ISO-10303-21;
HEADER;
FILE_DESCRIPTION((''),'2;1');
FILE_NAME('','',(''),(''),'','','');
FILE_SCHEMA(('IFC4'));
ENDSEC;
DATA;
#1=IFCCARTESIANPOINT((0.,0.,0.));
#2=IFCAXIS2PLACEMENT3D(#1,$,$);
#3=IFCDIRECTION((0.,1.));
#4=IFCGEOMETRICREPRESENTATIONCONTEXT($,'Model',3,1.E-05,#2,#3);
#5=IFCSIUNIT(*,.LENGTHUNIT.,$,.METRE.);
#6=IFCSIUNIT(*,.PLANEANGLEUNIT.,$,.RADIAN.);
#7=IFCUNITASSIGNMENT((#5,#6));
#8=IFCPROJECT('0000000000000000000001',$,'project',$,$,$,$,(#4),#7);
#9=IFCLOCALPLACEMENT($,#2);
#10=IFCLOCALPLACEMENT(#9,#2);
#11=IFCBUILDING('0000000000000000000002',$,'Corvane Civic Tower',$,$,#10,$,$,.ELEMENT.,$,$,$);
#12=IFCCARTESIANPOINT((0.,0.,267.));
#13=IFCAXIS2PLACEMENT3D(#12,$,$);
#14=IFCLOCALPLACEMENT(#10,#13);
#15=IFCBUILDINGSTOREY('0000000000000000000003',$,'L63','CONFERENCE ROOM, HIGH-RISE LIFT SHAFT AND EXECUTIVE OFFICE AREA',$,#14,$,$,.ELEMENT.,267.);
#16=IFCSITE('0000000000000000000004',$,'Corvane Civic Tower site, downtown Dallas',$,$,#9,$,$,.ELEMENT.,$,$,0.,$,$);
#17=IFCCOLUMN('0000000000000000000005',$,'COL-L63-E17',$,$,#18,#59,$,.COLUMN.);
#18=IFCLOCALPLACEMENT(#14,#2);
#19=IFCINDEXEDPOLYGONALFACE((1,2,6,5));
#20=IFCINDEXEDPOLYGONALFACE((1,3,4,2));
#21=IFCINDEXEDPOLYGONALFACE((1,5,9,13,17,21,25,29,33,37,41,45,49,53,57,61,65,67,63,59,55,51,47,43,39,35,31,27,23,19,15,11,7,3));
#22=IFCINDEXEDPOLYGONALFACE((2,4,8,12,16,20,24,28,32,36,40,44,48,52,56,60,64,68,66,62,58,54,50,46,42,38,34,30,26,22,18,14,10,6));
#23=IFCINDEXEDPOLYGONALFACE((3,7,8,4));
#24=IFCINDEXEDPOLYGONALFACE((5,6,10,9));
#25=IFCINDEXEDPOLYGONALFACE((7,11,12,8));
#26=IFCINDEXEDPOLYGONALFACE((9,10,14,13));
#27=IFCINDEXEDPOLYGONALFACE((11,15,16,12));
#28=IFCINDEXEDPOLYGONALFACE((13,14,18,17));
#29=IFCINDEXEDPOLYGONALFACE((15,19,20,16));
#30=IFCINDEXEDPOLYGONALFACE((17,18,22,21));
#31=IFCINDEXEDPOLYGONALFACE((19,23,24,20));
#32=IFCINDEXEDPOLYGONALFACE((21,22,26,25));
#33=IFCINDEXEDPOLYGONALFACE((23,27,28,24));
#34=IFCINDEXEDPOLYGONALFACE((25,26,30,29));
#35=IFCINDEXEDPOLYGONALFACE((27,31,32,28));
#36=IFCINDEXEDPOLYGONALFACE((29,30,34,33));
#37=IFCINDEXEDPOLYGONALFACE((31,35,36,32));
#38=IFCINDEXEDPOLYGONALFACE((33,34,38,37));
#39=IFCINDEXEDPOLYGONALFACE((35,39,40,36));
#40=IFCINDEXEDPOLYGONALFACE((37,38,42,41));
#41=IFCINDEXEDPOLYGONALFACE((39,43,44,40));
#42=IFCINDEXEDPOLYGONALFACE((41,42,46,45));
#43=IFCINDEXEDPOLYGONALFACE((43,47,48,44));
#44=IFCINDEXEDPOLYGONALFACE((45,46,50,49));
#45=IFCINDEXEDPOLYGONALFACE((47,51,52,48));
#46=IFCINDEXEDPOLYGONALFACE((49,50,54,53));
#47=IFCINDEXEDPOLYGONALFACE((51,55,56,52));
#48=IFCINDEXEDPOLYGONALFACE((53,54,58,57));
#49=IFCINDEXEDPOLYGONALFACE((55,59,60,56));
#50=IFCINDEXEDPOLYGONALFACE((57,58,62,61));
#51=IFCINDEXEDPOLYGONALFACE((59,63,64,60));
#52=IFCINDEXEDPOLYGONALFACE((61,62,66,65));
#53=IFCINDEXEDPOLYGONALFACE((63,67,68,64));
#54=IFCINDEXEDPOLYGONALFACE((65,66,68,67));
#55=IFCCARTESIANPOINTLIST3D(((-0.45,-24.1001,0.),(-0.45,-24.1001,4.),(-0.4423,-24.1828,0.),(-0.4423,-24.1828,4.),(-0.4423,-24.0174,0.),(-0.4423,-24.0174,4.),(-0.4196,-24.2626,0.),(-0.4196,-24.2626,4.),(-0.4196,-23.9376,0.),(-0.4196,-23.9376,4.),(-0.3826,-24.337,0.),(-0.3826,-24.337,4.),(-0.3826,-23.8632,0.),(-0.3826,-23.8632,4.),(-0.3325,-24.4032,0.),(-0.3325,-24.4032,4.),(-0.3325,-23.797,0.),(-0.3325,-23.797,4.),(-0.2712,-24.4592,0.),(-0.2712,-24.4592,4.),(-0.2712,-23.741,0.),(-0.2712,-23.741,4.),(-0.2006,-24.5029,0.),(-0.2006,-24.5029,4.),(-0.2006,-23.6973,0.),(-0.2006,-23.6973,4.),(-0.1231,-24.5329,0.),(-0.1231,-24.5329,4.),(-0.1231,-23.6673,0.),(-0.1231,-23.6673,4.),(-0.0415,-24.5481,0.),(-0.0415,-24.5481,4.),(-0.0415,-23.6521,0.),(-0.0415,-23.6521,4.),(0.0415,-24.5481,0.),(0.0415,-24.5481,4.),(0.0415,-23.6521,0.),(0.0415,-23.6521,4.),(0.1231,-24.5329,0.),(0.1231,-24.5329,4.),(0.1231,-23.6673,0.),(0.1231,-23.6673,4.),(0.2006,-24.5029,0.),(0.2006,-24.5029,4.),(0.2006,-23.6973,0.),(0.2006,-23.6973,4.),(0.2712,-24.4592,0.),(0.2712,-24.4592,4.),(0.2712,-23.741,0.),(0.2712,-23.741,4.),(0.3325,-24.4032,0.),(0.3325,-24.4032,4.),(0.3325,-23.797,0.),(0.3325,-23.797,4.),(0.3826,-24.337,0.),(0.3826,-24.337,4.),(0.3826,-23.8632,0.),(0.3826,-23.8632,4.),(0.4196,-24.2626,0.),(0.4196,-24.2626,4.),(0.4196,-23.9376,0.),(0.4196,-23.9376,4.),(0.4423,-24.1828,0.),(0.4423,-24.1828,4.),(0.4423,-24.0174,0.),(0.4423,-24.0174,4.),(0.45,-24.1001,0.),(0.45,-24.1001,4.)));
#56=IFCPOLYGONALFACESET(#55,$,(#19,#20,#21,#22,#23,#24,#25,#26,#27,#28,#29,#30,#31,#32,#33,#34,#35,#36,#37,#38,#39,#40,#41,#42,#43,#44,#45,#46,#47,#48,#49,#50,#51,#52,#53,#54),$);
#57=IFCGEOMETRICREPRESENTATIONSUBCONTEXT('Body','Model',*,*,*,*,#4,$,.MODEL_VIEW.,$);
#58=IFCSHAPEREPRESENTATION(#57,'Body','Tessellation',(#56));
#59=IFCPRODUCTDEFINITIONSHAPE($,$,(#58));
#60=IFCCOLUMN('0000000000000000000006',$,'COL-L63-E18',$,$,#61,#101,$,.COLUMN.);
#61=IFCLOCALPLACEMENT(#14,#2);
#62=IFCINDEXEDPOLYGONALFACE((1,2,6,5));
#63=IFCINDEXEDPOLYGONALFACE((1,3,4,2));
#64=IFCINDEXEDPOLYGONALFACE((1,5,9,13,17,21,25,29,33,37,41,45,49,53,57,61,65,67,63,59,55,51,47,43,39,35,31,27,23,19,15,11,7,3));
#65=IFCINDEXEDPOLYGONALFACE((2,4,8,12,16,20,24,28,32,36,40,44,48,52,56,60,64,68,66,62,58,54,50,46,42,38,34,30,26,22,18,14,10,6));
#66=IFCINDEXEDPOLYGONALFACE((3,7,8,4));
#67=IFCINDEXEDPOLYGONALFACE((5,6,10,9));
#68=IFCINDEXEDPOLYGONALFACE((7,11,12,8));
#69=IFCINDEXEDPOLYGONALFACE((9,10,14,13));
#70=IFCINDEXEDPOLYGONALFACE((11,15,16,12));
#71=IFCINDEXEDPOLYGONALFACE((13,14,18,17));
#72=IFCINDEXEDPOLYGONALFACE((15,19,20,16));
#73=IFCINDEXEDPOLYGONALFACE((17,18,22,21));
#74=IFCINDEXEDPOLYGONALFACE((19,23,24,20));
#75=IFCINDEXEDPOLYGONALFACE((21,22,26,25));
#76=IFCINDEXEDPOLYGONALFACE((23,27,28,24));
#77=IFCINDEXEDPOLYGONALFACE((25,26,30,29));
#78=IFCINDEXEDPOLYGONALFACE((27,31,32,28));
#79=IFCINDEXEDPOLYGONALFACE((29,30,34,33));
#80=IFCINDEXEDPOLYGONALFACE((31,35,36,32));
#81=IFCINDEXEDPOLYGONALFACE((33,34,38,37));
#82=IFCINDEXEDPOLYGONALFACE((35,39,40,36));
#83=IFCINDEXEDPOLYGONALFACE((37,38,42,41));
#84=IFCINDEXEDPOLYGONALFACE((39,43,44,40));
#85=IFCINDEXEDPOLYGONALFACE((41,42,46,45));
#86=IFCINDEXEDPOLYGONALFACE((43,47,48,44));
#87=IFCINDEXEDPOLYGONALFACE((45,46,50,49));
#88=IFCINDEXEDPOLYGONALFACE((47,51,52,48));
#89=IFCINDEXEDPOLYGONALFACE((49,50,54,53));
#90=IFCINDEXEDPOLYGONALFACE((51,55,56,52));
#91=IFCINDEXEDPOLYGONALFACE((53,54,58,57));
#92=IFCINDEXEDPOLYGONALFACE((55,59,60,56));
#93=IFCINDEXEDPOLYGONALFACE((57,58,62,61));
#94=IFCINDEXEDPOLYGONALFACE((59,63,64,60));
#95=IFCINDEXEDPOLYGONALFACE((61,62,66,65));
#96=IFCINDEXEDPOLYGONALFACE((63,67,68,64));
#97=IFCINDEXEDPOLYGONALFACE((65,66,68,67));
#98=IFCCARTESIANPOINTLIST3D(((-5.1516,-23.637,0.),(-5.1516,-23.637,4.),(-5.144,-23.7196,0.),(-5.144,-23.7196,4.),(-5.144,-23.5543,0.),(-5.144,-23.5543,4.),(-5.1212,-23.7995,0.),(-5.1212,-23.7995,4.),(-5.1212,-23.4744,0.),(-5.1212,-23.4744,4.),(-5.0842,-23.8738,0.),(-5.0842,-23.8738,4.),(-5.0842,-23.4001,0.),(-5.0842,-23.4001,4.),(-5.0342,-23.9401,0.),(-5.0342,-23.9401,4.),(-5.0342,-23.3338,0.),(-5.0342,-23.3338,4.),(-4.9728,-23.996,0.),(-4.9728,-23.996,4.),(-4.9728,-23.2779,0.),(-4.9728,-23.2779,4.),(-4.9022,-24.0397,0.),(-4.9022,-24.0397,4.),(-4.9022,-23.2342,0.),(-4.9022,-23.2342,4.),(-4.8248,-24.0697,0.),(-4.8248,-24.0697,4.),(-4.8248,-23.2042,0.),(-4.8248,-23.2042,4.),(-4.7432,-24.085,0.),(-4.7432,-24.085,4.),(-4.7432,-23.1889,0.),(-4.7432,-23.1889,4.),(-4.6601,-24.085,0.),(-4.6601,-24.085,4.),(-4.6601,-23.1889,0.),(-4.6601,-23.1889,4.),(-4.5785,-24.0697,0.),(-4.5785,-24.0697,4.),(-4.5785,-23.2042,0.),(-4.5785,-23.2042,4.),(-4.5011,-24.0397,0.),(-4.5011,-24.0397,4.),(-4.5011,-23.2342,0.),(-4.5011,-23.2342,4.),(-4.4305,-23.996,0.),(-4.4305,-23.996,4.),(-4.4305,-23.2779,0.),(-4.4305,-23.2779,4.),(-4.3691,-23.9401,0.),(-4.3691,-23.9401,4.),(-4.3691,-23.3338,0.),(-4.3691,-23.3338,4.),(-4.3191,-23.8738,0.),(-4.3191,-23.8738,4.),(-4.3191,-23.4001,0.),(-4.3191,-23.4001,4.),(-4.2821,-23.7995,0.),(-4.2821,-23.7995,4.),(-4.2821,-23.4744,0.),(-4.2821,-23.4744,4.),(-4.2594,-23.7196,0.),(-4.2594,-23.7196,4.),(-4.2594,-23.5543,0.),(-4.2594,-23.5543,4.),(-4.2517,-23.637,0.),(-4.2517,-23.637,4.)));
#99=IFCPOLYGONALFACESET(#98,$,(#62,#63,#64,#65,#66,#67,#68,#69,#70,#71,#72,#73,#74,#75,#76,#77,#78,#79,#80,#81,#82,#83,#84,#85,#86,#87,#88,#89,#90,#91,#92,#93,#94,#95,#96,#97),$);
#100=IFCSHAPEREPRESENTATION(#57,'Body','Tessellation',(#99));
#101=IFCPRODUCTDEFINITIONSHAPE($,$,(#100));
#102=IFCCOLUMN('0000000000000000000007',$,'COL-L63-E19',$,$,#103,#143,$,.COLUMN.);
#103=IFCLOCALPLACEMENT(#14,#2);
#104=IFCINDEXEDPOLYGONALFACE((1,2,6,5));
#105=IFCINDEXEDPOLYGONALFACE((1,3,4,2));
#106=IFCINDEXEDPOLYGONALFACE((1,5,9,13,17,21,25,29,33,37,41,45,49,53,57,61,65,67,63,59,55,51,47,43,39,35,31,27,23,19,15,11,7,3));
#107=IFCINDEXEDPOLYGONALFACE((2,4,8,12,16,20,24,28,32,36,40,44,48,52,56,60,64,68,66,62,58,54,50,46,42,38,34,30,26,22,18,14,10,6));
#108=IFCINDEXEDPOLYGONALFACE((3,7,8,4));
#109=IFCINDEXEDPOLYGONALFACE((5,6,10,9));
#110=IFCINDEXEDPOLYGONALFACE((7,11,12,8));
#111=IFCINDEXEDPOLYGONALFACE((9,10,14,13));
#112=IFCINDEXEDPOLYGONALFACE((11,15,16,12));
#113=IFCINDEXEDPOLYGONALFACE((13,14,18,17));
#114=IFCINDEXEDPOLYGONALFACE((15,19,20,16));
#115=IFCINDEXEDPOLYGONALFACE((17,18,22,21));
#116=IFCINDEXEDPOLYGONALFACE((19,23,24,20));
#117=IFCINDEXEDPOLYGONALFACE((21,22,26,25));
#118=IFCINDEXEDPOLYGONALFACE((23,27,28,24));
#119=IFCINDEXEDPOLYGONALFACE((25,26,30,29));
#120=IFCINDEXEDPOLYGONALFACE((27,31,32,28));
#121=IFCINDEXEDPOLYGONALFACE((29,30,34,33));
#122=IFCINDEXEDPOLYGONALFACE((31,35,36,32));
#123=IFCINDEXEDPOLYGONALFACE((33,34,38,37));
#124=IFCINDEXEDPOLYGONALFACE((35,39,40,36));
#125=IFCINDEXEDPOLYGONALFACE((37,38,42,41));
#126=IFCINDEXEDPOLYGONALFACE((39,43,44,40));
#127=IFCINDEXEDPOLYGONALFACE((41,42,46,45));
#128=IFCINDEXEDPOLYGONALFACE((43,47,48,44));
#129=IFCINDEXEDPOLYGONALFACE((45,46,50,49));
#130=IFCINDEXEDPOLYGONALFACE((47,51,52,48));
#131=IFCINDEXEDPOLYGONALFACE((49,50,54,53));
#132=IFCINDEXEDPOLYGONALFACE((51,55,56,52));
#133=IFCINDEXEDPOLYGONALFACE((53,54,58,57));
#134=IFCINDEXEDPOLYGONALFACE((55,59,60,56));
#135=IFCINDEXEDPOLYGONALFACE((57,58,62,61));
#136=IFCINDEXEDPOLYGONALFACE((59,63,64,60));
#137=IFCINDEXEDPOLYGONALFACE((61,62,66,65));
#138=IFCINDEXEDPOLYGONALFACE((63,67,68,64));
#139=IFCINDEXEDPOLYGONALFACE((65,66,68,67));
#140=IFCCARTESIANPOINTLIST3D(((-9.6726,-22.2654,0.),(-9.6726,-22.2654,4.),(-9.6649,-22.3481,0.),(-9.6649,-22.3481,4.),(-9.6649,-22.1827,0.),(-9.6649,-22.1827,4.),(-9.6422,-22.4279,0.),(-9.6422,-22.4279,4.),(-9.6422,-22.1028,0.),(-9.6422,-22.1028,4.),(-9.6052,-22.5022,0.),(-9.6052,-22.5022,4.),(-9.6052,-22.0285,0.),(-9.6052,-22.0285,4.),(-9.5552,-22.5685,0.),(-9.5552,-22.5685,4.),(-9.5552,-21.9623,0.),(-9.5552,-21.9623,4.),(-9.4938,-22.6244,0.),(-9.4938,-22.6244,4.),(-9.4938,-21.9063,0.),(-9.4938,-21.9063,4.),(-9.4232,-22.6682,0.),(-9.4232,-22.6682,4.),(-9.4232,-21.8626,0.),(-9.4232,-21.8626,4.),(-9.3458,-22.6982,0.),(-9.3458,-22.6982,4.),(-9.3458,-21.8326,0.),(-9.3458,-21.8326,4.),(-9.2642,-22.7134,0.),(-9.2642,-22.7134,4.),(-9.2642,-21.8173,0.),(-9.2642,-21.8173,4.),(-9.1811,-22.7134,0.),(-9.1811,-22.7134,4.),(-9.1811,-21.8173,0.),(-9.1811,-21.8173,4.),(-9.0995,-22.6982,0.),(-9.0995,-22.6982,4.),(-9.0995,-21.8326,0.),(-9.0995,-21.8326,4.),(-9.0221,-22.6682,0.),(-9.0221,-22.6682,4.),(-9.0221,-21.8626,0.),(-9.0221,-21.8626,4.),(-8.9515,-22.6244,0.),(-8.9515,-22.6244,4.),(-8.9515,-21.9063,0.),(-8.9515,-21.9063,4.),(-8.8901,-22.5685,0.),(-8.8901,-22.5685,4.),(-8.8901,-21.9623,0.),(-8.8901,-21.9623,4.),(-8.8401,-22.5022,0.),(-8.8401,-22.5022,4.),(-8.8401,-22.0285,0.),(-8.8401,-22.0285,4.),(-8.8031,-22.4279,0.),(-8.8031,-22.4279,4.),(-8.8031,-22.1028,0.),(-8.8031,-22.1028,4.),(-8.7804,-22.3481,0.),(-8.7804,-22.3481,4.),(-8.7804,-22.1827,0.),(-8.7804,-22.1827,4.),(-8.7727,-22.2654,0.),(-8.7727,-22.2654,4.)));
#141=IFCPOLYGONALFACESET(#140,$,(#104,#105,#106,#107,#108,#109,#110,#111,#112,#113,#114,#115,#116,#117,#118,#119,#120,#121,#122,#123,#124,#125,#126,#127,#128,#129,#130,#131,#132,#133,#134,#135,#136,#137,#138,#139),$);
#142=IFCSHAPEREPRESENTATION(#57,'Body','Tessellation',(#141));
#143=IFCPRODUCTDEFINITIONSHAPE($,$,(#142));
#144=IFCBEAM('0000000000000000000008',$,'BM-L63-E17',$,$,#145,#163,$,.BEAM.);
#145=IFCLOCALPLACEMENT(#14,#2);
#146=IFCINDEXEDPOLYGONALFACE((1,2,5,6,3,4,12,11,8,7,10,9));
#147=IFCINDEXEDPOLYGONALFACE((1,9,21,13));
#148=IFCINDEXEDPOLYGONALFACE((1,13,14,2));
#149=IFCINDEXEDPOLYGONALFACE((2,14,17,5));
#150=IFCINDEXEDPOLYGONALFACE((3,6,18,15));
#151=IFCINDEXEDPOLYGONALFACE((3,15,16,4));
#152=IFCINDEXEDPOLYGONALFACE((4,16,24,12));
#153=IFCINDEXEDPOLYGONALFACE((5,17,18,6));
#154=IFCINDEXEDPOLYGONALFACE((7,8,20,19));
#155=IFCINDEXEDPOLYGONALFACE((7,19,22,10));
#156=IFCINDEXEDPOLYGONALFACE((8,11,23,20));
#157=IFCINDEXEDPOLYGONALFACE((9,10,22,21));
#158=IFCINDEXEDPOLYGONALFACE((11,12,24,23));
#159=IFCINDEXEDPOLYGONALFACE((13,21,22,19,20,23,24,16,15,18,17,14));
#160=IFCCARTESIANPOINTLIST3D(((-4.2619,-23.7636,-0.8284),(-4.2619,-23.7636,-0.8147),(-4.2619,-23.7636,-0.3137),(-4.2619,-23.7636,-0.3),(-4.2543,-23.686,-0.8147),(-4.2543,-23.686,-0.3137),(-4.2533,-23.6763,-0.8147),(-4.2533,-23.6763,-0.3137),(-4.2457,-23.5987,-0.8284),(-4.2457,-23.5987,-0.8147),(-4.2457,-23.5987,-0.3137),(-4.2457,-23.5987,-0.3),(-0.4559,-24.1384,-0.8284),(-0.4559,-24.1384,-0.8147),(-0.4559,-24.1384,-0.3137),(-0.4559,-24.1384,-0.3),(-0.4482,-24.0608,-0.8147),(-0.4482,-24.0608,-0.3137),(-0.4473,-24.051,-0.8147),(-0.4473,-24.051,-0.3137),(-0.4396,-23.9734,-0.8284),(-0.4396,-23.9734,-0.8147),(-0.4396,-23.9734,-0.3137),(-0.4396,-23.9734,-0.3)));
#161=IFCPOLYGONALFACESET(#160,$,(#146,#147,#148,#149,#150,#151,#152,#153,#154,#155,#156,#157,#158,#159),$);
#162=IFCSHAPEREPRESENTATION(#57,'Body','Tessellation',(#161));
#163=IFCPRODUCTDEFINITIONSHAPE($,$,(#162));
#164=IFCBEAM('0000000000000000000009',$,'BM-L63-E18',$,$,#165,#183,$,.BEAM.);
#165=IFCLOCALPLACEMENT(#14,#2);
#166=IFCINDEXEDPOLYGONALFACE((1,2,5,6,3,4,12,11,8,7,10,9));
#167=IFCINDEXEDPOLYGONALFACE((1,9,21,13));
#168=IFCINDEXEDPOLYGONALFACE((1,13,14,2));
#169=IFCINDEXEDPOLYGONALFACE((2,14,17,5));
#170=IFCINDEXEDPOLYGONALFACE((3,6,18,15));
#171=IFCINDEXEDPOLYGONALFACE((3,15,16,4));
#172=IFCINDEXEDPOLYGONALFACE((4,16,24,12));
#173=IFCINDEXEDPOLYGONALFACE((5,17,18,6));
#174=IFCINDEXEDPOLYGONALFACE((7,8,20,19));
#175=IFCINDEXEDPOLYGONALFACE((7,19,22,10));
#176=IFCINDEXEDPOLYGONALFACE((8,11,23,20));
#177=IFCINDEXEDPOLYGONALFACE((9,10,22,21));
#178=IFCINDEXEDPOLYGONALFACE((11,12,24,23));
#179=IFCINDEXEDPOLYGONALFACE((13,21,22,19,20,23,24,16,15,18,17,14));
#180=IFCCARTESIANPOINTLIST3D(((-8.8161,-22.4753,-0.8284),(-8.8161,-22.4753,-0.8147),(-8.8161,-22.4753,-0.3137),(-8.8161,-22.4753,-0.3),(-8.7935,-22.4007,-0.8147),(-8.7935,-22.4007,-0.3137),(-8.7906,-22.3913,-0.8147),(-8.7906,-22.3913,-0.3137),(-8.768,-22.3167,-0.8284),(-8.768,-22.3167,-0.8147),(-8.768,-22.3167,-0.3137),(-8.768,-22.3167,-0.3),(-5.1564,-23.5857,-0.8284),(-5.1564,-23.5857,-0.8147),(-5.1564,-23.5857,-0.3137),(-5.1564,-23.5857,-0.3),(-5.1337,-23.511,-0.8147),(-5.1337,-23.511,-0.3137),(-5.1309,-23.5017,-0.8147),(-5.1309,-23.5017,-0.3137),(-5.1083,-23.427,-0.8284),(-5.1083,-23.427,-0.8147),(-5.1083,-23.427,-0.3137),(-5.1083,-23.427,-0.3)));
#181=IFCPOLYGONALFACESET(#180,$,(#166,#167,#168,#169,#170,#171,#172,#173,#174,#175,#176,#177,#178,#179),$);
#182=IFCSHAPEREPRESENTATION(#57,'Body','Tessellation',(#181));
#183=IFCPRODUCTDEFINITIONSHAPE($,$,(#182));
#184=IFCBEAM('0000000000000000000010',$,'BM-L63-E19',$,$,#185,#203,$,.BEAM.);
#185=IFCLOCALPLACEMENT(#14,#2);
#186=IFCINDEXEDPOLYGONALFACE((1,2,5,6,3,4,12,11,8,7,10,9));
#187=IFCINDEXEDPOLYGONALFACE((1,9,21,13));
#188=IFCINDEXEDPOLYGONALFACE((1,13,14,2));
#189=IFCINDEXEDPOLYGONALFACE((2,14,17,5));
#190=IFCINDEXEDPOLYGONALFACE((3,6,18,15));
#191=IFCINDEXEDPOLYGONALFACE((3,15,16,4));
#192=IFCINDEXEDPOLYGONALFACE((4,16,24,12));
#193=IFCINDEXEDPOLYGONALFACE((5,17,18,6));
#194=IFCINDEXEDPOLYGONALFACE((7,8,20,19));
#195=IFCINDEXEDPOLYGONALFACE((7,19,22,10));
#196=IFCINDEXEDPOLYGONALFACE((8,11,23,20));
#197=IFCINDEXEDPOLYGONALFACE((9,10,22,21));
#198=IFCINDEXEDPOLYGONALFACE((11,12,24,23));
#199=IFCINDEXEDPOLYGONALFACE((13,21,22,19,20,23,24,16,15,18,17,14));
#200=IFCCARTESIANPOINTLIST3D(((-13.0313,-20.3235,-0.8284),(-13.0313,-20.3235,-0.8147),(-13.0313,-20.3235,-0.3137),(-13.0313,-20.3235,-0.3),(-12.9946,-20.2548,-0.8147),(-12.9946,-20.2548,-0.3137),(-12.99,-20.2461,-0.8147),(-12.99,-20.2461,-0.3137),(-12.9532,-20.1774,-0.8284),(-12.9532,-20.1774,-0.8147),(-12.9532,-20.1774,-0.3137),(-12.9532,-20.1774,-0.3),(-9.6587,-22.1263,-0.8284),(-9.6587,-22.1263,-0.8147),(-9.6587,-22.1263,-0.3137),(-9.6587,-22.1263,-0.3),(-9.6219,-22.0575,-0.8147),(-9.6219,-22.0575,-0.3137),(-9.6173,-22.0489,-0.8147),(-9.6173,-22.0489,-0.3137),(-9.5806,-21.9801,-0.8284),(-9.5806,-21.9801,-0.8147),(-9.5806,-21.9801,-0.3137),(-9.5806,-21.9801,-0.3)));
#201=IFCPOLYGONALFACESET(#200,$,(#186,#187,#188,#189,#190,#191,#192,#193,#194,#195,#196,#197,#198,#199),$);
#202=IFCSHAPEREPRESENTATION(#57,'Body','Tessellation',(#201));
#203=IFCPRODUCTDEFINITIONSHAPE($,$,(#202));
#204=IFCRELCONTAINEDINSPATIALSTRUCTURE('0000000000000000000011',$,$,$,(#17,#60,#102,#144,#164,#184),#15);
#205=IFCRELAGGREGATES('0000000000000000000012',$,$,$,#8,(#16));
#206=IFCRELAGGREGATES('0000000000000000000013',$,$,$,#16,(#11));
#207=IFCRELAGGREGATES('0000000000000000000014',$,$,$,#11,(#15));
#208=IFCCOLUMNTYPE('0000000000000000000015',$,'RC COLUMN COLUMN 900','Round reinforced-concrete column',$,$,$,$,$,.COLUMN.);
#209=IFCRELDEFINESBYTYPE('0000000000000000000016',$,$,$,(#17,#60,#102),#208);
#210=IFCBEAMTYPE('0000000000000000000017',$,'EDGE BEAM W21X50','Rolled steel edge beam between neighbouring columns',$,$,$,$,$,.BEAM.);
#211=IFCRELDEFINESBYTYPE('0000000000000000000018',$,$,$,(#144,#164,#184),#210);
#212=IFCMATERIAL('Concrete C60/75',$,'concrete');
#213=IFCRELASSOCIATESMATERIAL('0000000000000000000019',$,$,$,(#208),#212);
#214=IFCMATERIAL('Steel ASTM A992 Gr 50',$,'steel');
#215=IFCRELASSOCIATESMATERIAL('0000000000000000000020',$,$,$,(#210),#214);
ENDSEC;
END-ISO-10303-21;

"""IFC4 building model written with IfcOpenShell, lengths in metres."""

from ifc_helpers import new_model, si_unit, direction, frame, origin, origin_2d, place, context, subcontext, project, spatial, circle, i_section, extrude, material, material_profile, profile_set, type_object, element, save


model = new_model("IFC4")

# Units and contexts
model_context = context("Model", 3, precision=1e-05, world=origin(), true_north=direction((0.0, 1.0)))
body_context = subcontext(model_context, "Body", "Model", "MODEL_VIEW")
ifc_project = project(units=[si_unit("LENGTHUNIT", "METRE"), si_unit("PLANEANGLEUNIT", "RADIAN")], contexts=[model_context])

# Site, building, storey
site_placement = place(None, origin())
site = spatial("IfcSite", under=ifc_project, at=site_placement, Name="Corvane Civic Tower site, downtown Dallas", CompositionType="ELEMENT", RefElevation=0.0)
building_placement = place(site_placement, origin())
building = spatial("IfcBuilding", under=site, at=building_placement, Name="Corvane Civic Tower", CompositionType="ELEMENT")
storey_placement = place(building_placement, frame((0.0, 0.0, 267.0)))
storey = spatial("IfcBuildingStorey", under=building, at=storey_placement, Name="L63", Description="CONFERENCE ROOM, HIGH-RISE LIFT SHAFT AND EXECUTIVE OFFICE AREA", CompositionType="ELEMENT", Elevation=267.0)

# Columns
ifc_material_1 = material(Name="Concrete C60/75", Category="concrete")
ifc_material_profile_1 = material_profile(ifc_material_1, circle(Radius=0.45, at=origin_2d()), Name="COLUMN 900")
ifc_profile_set_1 = profile_set([ifc_material_profile_1], Name="Concrete C60/75")
column_type = type_object("IfcColumnType", Name="RC COLUMN COLUMN 900", Description="Round reinforced-concrete column", PredefinedType="COLUMN", material=ifc_profile_set_1)
for number, where, z_axis, x_axis, name in (
    (1, (0.0, -24.1001, 0.0), (0.0, 0.0, 1.0), (1.0, 0.0, 0.0), "COL-L63-E17"),
    (2, (-4.7017, -23.637, 0.0), (0.0, 0.0, 1.0), (1.0, 0.0, 0.0), "COL-L63-E18"),
    (3, (-9.2227, -22.2654, 0.0), (0.0, 0.0, 1.0), (1.0, 0.0, 0.0), "COL-L63-E19"),
):
    element("IfcColumn", number, at=place(storey_placement, frame(where, z_axis=z_axis, x_axis=x_axis)), inside=storey, type_object=column_type, Name=name, PredefinedType="COLUMN", context=body_context, shape_type="SweptSolid", body=[
        extrude(circle(Radius=0.45, at=origin_2d()), origin(), (0.0, 0.0, 1.0), 4.0),
    ])

# Beams
ifc_material_2 = material(Name="Steel ASTM A992 Gr 50", Category="steel")
ifc_material_profile_2 = material_profile(ifc_material_2, i_section(OverallWidth=0.1658, OverallDepth=0.5283, WebThickness=0.0098, FlangeThickness=0.0137, at=origin_2d()), Name="W21X50")
ifc_profile_set_2 = profile_set([ifc_material_profile_2], Name="Steel ASTM A992 Gr 50")
beam_type_1 = type_object("IfcBeamType", Name="EDGE BEAM W21X50", Description="Rolled steel edge beam between neighbouring columns", PredefinedType="BEAM", material=ifc_profile_set_2)
for number, where, z_axis, x_axis, name in (
    (4, (-0.4478, -24.0559, -0.5642), (-0.995188, 0.097987, 0.0), (-0.097987, -0.995188, 0.0), "BM-L63-E17"),
    (5, (-5.1323, -23.5063, -0.5642), (-0.956926, 0.290333, 0.0), (-0.290333, -0.956926, 0.0), "BM-L63-E18"),
):
    element("IfcBeam", number, at=place(storey_placement, frame(where, z_axis=z_axis, x_axis=x_axis)), inside=storey, type_object=beam_type_1, Name=name, PredefinedType="BEAM", context=body_context, shape_type="SweptSolid", body=[
        extrude(i_section(OverallWidth=0.1658, OverallDepth=0.5283, WebThickness=0.0098, FlangeThickness=0.0137, at=origin_2d()), origin(), (0.0, 0.0, 1.0), 3.8245),
    ])
beam_1_placement = place(storey_placement, frame((-9.6196, -22.0532, -0.5642), z_axis=(-0.881914, 0.47141, 0.0), x_axis=(-0.47141, -0.881914, 0.0)))
element("IfcBeam", 6, at=beam_1_placement, inside=storey, type_object=beam_type_1, Name="BM-L63-E19", PredefinedType="BEAM", context=body_context, shape_type="SweptSolid", body=[
    extrude(i_section(OverallWidth=0.1658, OverallDepth=0.5283, WebThickness=0.0098, FlangeThickness=0.0137, at=origin_2d()), origin(), (0.0, 0.0, 1.0), 3.8242),
])

save(model, "model.ifc")
